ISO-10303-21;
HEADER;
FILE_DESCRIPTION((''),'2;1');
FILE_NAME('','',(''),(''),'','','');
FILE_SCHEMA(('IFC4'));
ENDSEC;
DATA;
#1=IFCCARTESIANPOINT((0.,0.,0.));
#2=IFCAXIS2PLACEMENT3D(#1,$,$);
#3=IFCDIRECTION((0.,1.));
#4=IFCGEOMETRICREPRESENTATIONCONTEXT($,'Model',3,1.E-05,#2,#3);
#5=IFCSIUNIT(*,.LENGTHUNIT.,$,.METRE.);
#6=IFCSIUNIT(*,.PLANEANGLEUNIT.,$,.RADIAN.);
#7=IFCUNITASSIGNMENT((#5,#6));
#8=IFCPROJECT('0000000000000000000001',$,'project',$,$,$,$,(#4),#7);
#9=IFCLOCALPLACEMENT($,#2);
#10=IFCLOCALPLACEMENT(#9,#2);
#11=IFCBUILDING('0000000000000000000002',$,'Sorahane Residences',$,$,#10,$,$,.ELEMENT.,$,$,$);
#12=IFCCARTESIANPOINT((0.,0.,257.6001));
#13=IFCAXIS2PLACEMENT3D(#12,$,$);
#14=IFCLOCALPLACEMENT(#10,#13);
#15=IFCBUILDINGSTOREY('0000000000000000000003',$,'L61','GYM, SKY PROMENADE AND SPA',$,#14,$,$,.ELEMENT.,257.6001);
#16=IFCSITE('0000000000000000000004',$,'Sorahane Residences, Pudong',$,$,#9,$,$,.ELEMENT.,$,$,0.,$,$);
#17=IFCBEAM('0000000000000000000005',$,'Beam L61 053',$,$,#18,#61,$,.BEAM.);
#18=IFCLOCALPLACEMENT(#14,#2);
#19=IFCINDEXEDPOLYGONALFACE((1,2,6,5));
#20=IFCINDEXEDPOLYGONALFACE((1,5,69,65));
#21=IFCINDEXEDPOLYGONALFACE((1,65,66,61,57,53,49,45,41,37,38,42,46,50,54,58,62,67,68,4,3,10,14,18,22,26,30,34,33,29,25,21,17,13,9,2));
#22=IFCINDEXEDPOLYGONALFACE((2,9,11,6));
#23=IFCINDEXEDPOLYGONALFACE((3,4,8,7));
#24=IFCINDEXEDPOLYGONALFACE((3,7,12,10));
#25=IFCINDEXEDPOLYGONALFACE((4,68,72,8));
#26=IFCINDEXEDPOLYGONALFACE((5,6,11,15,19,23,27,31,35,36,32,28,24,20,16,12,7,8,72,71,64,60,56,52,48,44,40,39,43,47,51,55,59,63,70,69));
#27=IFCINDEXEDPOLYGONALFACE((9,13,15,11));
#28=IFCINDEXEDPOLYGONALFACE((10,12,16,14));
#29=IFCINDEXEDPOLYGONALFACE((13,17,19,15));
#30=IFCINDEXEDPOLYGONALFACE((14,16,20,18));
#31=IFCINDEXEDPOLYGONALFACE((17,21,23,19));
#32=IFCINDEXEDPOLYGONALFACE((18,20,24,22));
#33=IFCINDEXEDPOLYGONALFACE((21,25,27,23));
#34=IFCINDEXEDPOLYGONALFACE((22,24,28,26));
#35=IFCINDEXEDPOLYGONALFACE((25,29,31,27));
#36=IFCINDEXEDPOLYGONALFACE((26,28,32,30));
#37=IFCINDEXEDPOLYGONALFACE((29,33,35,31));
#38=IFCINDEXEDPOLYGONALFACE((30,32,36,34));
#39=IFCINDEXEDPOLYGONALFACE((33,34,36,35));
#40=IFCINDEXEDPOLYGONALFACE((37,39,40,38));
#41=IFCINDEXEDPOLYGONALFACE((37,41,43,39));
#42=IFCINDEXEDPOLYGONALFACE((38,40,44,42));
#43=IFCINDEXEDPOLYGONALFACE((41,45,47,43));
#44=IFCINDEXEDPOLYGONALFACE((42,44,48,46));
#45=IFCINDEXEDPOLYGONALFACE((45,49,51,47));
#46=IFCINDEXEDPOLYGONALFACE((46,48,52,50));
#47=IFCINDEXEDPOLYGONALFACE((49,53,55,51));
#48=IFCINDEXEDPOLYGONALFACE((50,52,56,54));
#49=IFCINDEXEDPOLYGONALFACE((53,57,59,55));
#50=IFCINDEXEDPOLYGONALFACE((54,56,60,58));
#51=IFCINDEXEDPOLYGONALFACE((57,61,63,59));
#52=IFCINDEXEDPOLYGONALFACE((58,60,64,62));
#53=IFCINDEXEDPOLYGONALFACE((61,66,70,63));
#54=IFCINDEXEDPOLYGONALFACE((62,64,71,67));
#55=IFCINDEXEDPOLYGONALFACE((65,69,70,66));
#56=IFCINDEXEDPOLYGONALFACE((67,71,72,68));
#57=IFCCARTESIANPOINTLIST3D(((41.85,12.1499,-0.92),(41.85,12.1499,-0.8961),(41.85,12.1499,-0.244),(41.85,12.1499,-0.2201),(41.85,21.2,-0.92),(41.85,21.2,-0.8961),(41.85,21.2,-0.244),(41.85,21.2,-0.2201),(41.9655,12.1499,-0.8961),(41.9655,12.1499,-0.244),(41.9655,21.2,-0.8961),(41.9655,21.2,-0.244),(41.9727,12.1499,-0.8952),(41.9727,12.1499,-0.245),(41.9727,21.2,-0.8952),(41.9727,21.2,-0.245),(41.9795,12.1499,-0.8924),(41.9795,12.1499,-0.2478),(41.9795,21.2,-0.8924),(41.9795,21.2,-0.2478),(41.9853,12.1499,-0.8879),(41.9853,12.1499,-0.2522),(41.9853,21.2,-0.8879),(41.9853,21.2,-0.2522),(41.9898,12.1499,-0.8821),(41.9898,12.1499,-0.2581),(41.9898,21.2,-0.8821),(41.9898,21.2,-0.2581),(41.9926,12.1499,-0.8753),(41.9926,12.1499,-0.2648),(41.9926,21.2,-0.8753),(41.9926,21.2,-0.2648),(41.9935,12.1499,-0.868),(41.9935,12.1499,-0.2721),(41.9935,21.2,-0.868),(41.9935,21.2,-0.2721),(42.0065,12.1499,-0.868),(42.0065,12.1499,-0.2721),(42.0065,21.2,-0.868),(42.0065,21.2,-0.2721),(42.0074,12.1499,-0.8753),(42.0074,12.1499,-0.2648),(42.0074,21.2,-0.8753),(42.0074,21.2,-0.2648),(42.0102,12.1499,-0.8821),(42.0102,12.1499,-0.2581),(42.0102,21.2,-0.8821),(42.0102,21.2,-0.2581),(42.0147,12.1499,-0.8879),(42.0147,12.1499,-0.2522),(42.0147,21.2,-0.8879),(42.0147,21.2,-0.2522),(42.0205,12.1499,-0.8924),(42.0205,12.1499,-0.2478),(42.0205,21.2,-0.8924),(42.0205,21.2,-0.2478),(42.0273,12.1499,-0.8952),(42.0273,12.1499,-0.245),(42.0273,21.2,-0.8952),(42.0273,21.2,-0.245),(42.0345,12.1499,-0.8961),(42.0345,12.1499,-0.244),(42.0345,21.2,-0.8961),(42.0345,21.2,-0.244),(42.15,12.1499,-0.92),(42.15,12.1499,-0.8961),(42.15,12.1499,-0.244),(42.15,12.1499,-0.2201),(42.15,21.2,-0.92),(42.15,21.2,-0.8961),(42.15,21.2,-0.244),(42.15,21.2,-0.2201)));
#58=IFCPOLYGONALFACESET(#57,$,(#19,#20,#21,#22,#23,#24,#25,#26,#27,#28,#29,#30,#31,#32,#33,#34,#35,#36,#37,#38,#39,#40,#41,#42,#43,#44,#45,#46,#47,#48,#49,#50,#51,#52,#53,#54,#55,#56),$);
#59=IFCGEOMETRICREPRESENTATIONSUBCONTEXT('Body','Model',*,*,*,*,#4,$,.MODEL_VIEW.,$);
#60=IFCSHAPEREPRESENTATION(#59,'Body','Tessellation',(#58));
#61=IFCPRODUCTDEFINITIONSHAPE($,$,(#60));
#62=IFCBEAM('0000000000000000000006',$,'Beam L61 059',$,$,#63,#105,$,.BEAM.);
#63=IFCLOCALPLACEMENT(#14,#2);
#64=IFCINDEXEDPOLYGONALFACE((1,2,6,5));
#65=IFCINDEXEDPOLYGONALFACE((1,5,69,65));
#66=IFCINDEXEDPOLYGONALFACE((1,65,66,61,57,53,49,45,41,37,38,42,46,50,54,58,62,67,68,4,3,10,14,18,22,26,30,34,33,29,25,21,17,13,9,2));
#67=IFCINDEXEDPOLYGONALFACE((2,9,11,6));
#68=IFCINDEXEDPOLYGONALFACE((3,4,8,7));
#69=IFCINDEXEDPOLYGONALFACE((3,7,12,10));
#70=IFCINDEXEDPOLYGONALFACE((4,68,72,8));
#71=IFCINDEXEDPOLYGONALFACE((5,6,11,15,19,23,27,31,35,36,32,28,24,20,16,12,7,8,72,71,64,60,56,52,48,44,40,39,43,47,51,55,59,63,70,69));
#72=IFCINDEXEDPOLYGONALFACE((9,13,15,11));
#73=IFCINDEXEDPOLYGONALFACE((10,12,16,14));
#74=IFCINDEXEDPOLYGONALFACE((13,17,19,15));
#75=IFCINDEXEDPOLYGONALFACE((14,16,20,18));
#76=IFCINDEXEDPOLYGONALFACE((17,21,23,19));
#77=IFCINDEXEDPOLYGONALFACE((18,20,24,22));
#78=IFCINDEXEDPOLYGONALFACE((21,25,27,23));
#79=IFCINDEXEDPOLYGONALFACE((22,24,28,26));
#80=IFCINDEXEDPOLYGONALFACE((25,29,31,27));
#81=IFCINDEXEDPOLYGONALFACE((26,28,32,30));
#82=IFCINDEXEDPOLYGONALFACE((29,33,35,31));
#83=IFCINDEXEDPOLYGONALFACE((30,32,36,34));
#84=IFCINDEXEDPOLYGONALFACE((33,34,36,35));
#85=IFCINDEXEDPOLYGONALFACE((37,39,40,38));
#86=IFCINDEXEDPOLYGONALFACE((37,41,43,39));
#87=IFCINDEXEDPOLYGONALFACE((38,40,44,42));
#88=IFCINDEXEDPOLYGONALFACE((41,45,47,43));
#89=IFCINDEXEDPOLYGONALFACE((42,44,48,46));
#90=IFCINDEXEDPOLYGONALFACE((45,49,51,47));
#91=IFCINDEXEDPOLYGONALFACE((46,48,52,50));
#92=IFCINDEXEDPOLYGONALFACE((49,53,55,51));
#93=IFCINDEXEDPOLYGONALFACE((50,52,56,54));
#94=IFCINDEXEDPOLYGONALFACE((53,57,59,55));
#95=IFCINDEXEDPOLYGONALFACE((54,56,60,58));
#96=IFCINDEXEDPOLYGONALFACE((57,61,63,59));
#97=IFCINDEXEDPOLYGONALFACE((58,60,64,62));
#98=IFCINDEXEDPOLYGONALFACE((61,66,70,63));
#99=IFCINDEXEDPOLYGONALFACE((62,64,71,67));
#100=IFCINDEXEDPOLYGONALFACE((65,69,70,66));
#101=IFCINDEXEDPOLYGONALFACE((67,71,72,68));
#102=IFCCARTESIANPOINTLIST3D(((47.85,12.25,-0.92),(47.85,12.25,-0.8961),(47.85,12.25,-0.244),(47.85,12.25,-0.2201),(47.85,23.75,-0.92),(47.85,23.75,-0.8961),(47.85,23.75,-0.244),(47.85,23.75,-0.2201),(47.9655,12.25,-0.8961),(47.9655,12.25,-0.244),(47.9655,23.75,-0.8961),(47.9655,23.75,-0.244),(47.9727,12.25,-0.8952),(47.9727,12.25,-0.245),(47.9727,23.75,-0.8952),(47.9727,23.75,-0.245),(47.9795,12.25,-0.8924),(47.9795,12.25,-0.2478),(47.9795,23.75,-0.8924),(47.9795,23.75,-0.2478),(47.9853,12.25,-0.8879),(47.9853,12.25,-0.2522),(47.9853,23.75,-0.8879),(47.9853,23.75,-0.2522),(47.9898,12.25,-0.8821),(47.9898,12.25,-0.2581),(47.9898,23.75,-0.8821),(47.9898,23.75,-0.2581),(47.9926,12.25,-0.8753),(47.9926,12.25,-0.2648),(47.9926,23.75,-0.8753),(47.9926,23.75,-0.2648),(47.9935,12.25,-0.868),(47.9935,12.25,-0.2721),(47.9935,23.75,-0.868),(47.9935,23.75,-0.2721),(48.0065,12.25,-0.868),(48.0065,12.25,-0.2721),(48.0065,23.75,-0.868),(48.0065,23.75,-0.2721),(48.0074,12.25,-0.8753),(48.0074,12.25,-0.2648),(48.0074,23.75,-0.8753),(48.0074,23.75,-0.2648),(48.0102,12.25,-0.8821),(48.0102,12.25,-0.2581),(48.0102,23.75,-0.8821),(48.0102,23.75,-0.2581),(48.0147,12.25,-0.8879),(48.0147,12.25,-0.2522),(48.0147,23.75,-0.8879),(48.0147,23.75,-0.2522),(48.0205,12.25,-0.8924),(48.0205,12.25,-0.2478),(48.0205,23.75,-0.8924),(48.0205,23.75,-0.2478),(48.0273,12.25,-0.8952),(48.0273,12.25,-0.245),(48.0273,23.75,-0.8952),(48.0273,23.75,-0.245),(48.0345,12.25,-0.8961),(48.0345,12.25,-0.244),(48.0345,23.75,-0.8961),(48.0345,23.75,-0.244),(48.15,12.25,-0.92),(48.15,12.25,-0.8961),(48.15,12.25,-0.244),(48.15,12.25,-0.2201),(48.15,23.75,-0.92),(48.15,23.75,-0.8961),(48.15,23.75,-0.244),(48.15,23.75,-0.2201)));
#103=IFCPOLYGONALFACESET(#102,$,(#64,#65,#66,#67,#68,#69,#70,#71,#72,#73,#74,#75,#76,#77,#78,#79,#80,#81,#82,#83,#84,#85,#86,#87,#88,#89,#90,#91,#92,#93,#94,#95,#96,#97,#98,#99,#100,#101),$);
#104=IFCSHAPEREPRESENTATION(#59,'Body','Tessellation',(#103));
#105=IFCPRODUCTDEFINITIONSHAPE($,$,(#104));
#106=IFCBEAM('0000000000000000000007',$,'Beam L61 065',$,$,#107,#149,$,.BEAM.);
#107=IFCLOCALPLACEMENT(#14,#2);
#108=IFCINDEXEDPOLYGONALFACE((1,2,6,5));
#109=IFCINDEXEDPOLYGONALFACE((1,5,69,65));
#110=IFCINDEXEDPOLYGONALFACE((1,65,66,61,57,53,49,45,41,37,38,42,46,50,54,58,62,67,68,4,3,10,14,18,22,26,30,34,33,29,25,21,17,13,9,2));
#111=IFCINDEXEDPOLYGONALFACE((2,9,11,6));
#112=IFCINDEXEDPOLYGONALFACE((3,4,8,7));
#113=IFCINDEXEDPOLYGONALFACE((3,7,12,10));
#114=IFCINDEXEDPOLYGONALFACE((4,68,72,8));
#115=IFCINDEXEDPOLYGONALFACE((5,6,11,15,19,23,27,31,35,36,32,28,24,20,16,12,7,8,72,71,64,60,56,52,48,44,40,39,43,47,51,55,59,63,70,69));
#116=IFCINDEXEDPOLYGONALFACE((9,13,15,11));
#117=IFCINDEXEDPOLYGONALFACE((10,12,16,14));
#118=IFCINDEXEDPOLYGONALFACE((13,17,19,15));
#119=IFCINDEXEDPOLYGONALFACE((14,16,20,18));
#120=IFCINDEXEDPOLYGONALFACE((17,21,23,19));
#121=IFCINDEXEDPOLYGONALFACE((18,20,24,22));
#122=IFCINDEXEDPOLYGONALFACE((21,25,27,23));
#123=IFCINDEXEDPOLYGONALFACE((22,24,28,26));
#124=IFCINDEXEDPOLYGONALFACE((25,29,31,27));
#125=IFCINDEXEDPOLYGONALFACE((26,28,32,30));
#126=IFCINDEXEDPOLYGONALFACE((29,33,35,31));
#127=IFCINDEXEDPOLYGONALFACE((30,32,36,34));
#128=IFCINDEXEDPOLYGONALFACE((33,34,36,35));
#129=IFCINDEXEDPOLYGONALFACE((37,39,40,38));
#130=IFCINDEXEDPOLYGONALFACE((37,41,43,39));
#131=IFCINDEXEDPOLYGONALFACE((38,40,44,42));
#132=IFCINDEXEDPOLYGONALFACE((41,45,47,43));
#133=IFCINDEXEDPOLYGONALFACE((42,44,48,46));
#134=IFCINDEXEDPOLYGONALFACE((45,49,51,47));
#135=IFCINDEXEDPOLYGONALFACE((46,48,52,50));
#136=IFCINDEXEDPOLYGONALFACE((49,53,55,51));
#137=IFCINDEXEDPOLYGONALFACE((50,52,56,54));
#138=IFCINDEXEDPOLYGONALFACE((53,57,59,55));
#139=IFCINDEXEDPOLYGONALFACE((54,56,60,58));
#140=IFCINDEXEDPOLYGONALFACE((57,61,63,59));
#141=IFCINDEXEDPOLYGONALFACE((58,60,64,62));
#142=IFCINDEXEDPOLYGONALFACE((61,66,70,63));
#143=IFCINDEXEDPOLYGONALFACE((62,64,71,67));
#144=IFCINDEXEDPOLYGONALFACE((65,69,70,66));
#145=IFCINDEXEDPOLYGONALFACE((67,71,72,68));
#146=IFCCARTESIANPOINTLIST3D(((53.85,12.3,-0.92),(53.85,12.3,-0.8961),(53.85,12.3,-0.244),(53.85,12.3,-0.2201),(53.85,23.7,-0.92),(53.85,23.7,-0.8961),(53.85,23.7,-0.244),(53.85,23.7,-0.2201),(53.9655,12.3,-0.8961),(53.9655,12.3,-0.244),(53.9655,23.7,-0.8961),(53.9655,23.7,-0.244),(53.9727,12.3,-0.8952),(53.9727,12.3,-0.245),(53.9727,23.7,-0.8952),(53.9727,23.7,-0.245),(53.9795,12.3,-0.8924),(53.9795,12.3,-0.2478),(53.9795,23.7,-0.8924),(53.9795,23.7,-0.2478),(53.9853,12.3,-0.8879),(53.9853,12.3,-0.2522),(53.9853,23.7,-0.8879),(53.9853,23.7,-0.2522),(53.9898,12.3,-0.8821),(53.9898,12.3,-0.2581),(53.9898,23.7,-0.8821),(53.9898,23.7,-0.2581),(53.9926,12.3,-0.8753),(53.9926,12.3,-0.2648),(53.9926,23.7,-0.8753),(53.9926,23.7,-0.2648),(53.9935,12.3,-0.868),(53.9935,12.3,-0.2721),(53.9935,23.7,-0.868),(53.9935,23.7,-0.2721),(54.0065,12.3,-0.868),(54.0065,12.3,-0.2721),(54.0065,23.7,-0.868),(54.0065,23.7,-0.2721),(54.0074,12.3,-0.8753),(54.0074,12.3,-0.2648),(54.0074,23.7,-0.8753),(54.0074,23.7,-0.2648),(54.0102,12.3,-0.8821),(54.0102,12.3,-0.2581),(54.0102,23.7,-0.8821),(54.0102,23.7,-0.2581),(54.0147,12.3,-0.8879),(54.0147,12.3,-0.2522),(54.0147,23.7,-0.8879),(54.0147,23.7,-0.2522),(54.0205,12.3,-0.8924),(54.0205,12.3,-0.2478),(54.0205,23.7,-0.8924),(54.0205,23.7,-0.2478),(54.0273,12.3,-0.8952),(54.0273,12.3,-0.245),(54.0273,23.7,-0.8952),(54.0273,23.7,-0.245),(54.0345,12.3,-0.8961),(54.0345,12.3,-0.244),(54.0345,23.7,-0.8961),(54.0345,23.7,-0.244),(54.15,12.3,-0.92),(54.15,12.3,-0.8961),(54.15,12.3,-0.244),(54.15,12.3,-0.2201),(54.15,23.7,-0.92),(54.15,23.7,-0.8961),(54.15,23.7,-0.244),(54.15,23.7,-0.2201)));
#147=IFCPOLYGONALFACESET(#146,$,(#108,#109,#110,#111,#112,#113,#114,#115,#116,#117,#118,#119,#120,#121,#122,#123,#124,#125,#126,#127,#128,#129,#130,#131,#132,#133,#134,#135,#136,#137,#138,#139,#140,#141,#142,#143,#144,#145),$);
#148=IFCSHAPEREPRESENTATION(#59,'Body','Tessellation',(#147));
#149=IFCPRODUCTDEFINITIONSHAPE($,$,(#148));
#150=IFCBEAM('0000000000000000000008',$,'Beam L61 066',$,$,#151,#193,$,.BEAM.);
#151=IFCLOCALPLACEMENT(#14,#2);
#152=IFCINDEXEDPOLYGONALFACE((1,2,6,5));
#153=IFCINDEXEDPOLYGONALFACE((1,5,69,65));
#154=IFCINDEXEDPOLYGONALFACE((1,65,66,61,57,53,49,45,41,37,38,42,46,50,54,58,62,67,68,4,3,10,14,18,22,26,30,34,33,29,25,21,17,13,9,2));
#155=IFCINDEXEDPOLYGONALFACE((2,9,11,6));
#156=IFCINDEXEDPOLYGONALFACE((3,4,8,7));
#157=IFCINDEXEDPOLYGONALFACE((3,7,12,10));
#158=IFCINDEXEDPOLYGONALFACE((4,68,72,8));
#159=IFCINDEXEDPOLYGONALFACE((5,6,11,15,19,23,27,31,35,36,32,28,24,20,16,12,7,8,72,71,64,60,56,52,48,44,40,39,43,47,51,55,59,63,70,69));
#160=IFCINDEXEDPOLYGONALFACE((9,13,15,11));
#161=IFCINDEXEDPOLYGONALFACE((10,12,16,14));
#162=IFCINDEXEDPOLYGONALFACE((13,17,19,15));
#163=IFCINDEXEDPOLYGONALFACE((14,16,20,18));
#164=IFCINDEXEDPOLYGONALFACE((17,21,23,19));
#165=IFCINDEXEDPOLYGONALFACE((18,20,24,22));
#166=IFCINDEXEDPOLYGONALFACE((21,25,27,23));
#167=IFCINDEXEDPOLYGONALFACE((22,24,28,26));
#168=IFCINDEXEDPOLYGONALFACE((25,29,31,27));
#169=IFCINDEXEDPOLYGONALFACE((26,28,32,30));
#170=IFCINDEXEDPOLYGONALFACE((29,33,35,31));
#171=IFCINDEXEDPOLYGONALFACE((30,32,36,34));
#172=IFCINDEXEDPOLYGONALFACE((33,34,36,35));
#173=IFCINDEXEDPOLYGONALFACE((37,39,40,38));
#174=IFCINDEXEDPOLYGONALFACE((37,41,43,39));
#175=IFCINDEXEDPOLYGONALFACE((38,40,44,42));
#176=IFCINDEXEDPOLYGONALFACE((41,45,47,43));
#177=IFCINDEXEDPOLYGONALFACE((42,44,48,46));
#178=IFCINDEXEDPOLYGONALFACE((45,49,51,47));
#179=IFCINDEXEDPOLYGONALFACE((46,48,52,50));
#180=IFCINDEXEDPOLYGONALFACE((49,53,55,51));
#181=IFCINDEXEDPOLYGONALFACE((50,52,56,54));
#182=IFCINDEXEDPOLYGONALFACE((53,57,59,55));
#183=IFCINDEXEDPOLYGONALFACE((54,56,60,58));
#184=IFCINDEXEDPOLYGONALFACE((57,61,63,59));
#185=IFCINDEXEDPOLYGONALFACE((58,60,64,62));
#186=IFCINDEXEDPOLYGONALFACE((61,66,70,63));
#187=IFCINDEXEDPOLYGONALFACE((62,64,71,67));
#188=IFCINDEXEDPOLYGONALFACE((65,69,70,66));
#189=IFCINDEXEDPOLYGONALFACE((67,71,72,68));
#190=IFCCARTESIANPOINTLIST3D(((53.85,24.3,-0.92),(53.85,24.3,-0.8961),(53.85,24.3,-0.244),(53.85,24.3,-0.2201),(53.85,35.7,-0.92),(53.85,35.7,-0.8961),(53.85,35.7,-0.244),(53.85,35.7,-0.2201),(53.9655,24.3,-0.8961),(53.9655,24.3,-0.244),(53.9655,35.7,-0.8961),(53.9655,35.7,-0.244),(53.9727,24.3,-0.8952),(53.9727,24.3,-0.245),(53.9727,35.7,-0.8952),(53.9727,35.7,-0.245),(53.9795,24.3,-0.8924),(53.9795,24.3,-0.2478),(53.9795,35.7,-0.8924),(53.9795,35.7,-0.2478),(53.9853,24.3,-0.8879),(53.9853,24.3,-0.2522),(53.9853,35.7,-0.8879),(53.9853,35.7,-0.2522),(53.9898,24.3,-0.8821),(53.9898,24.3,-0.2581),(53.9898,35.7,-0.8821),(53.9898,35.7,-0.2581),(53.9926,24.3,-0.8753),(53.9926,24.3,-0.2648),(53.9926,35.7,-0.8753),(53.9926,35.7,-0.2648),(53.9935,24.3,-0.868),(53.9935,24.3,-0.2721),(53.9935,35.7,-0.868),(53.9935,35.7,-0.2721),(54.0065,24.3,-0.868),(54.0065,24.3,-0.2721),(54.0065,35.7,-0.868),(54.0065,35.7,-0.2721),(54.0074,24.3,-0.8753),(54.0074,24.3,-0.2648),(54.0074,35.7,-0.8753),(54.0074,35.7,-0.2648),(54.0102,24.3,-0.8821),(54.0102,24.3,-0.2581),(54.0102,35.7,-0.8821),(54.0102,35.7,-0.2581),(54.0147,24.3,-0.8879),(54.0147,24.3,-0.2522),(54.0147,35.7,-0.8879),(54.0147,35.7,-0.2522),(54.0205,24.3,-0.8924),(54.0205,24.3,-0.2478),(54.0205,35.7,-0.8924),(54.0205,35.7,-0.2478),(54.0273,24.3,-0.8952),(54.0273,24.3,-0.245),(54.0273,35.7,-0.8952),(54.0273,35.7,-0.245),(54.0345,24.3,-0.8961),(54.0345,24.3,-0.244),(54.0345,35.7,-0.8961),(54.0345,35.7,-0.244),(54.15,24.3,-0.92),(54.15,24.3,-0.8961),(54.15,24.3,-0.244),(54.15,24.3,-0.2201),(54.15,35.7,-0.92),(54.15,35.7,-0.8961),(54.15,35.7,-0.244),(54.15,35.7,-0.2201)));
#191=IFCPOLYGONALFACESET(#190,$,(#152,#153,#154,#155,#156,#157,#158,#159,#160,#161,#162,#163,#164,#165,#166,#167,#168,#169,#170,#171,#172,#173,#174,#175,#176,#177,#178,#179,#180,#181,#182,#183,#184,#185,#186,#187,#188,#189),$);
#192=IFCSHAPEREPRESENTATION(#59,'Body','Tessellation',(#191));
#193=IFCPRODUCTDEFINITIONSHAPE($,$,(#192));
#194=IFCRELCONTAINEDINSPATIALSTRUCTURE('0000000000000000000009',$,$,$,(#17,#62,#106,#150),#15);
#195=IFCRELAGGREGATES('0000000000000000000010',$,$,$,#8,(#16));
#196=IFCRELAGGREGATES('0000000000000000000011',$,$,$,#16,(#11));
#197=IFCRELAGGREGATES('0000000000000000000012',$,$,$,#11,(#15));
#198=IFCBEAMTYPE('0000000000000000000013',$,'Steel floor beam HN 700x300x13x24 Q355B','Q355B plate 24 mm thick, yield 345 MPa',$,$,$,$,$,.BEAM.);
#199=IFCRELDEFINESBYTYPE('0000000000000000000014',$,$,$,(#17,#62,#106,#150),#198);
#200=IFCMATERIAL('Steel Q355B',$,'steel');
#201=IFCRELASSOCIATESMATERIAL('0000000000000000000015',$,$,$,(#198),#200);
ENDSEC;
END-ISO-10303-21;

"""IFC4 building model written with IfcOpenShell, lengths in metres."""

from ifc_helpers import new_model, si_unit, direction, frame, origin, origin_2d, place, context, subcontext, project, spatial, i_section, extrude, material, material_profile, profile_set, type_object, element, save


model = new_model("IFC4")

# Units and contexts
model_context = context("Model", 3, precision=1e-05, world=origin(), true_north=direction((0.0, 1.0)))
body_context = subcontext(model_context, "Body", "Model", "MODEL_VIEW")
ifc_project = project(units=[si_unit("LENGTHUNIT", "METRE"), si_unit("PLANEANGLEUNIT", "RADIAN")], contexts=[model_context])

# Site, building, storey
site_placement = place(None, origin())
site = spatial("IfcSite", under=ifc_project, at=site_placement, Name="Sorahane Residences, Pudong", CompositionType="ELEMENT", RefElevation=0.0)
building_placement = place(site_placement, origin())
building = spatial("IfcBuilding", under=site, at=building_placement, Name="Sorahane Residences", CompositionType="ELEMENT")
storey_placement = place(building_placement, frame((0.0, 0.0, 257.6001)))
storey = spatial("IfcBuildingStorey", under=building, at=storey_placement, Name="L61", Description="GYM, SKY PROMENADE AND SPA", CompositionType="ELEMENT", Elevation=257.6001)

# Beams
ifc_material_1 = material(Name="Steel Q355B", Category="steel")
ifc_material_profile_1 = material_profile(ifc_material_1, i_section(OverallWidth=0.3, OverallDepth=0.7, WebThickness=0.0129, FlangeThickness=0.0239, FilletRadius=0.0281, at=origin_2d()), Name="HN 700x300x13x24")
ifc_profile_set_1 = profile_set([ifc_material_profile_1], Name="Steel Q355B")
beam_type_1 = type_object("IfcBeamType", Name="Steel floor beam HN 700x300x13x24 Q355B", Description="Q355B plate 24 mm thick, yield 345 MPa", PredefinedType="BEAM", material=ifc_profile_set_1)
beam_1_placement = place(storey_placement, frame((42.0, 12.1499, -0.5701), z_axis=(0.0, 1.0, 0.0), x_axis=(-1.0, 0.0, 0.0)))
element("IfcBeam", 1, at=beam_1_placement, inside=storey, type_object=beam_type_1, Name="Beam L61 053", PredefinedType="BEAM", context=body_context, shape_type="SweptSolid", body=[
    extrude(i_section(OverallWidth=0.3, OverallDepth=0.7, WebThickness=0.0129, FlangeThickness=0.0239, FilletRadius=0.0281, at=origin_2d()), origin(), (0.0, 0.0, 1.0), 9.05),
])
beam_2_placement = place(storey_placement, frame((48.0, 12.25, -0.5701), z_axis=(0.0, 1.0, 0.0), x_axis=(-1.0, 0.0, 0.0)))
element("IfcBeam", 2, at=beam_2_placement, inside=storey, type_object=beam_type_1, Name="Beam L61 059", PredefinedType="BEAM", context=body_context, shape_type="SweptSolid", body=[
    extrude(i_section(OverallWidth=0.3, OverallDepth=0.7, WebThickness=0.0129, FlangeThickness=0.0239, FilletRadius=0.0281, at=origin_2d()), origin(), (0.0, 0.0, 1.0), 11.5),
])
for number, where, z_axis, x_axis, name in (
    (3, (54.0, 12.3, -0.5701), (0.0, 1.0, 0.0), (-1.0, 0.0, 0.0), "Beam L61 065"),
    (4, (54.0, 24.3, -0.5701), (0.0, 1.0, 0.0), (-1.0, 0.0, 0.0), "Beam L61 066"),
):
    element("IfcBeam", number, at=place(storey_placement, frame(where, z_axis=z_axis, x_axis=x_axis)), inside=storey, type_object=beam_type_1, Name=name, PredefinedType="BEAM", context=body_context, shape_type="SweptSolid", body=[
        extrude(i_section(OverallWidth=0.3, OverallDepth=0.7, WebThickness=0.0129, FlangeThickness=0.0239, FilletRadius=0.0281, at=origin_2d()), origin(), (0.0, 0.0, 1.0), 11.3999),
    ])

save(model, "model.ifc")
